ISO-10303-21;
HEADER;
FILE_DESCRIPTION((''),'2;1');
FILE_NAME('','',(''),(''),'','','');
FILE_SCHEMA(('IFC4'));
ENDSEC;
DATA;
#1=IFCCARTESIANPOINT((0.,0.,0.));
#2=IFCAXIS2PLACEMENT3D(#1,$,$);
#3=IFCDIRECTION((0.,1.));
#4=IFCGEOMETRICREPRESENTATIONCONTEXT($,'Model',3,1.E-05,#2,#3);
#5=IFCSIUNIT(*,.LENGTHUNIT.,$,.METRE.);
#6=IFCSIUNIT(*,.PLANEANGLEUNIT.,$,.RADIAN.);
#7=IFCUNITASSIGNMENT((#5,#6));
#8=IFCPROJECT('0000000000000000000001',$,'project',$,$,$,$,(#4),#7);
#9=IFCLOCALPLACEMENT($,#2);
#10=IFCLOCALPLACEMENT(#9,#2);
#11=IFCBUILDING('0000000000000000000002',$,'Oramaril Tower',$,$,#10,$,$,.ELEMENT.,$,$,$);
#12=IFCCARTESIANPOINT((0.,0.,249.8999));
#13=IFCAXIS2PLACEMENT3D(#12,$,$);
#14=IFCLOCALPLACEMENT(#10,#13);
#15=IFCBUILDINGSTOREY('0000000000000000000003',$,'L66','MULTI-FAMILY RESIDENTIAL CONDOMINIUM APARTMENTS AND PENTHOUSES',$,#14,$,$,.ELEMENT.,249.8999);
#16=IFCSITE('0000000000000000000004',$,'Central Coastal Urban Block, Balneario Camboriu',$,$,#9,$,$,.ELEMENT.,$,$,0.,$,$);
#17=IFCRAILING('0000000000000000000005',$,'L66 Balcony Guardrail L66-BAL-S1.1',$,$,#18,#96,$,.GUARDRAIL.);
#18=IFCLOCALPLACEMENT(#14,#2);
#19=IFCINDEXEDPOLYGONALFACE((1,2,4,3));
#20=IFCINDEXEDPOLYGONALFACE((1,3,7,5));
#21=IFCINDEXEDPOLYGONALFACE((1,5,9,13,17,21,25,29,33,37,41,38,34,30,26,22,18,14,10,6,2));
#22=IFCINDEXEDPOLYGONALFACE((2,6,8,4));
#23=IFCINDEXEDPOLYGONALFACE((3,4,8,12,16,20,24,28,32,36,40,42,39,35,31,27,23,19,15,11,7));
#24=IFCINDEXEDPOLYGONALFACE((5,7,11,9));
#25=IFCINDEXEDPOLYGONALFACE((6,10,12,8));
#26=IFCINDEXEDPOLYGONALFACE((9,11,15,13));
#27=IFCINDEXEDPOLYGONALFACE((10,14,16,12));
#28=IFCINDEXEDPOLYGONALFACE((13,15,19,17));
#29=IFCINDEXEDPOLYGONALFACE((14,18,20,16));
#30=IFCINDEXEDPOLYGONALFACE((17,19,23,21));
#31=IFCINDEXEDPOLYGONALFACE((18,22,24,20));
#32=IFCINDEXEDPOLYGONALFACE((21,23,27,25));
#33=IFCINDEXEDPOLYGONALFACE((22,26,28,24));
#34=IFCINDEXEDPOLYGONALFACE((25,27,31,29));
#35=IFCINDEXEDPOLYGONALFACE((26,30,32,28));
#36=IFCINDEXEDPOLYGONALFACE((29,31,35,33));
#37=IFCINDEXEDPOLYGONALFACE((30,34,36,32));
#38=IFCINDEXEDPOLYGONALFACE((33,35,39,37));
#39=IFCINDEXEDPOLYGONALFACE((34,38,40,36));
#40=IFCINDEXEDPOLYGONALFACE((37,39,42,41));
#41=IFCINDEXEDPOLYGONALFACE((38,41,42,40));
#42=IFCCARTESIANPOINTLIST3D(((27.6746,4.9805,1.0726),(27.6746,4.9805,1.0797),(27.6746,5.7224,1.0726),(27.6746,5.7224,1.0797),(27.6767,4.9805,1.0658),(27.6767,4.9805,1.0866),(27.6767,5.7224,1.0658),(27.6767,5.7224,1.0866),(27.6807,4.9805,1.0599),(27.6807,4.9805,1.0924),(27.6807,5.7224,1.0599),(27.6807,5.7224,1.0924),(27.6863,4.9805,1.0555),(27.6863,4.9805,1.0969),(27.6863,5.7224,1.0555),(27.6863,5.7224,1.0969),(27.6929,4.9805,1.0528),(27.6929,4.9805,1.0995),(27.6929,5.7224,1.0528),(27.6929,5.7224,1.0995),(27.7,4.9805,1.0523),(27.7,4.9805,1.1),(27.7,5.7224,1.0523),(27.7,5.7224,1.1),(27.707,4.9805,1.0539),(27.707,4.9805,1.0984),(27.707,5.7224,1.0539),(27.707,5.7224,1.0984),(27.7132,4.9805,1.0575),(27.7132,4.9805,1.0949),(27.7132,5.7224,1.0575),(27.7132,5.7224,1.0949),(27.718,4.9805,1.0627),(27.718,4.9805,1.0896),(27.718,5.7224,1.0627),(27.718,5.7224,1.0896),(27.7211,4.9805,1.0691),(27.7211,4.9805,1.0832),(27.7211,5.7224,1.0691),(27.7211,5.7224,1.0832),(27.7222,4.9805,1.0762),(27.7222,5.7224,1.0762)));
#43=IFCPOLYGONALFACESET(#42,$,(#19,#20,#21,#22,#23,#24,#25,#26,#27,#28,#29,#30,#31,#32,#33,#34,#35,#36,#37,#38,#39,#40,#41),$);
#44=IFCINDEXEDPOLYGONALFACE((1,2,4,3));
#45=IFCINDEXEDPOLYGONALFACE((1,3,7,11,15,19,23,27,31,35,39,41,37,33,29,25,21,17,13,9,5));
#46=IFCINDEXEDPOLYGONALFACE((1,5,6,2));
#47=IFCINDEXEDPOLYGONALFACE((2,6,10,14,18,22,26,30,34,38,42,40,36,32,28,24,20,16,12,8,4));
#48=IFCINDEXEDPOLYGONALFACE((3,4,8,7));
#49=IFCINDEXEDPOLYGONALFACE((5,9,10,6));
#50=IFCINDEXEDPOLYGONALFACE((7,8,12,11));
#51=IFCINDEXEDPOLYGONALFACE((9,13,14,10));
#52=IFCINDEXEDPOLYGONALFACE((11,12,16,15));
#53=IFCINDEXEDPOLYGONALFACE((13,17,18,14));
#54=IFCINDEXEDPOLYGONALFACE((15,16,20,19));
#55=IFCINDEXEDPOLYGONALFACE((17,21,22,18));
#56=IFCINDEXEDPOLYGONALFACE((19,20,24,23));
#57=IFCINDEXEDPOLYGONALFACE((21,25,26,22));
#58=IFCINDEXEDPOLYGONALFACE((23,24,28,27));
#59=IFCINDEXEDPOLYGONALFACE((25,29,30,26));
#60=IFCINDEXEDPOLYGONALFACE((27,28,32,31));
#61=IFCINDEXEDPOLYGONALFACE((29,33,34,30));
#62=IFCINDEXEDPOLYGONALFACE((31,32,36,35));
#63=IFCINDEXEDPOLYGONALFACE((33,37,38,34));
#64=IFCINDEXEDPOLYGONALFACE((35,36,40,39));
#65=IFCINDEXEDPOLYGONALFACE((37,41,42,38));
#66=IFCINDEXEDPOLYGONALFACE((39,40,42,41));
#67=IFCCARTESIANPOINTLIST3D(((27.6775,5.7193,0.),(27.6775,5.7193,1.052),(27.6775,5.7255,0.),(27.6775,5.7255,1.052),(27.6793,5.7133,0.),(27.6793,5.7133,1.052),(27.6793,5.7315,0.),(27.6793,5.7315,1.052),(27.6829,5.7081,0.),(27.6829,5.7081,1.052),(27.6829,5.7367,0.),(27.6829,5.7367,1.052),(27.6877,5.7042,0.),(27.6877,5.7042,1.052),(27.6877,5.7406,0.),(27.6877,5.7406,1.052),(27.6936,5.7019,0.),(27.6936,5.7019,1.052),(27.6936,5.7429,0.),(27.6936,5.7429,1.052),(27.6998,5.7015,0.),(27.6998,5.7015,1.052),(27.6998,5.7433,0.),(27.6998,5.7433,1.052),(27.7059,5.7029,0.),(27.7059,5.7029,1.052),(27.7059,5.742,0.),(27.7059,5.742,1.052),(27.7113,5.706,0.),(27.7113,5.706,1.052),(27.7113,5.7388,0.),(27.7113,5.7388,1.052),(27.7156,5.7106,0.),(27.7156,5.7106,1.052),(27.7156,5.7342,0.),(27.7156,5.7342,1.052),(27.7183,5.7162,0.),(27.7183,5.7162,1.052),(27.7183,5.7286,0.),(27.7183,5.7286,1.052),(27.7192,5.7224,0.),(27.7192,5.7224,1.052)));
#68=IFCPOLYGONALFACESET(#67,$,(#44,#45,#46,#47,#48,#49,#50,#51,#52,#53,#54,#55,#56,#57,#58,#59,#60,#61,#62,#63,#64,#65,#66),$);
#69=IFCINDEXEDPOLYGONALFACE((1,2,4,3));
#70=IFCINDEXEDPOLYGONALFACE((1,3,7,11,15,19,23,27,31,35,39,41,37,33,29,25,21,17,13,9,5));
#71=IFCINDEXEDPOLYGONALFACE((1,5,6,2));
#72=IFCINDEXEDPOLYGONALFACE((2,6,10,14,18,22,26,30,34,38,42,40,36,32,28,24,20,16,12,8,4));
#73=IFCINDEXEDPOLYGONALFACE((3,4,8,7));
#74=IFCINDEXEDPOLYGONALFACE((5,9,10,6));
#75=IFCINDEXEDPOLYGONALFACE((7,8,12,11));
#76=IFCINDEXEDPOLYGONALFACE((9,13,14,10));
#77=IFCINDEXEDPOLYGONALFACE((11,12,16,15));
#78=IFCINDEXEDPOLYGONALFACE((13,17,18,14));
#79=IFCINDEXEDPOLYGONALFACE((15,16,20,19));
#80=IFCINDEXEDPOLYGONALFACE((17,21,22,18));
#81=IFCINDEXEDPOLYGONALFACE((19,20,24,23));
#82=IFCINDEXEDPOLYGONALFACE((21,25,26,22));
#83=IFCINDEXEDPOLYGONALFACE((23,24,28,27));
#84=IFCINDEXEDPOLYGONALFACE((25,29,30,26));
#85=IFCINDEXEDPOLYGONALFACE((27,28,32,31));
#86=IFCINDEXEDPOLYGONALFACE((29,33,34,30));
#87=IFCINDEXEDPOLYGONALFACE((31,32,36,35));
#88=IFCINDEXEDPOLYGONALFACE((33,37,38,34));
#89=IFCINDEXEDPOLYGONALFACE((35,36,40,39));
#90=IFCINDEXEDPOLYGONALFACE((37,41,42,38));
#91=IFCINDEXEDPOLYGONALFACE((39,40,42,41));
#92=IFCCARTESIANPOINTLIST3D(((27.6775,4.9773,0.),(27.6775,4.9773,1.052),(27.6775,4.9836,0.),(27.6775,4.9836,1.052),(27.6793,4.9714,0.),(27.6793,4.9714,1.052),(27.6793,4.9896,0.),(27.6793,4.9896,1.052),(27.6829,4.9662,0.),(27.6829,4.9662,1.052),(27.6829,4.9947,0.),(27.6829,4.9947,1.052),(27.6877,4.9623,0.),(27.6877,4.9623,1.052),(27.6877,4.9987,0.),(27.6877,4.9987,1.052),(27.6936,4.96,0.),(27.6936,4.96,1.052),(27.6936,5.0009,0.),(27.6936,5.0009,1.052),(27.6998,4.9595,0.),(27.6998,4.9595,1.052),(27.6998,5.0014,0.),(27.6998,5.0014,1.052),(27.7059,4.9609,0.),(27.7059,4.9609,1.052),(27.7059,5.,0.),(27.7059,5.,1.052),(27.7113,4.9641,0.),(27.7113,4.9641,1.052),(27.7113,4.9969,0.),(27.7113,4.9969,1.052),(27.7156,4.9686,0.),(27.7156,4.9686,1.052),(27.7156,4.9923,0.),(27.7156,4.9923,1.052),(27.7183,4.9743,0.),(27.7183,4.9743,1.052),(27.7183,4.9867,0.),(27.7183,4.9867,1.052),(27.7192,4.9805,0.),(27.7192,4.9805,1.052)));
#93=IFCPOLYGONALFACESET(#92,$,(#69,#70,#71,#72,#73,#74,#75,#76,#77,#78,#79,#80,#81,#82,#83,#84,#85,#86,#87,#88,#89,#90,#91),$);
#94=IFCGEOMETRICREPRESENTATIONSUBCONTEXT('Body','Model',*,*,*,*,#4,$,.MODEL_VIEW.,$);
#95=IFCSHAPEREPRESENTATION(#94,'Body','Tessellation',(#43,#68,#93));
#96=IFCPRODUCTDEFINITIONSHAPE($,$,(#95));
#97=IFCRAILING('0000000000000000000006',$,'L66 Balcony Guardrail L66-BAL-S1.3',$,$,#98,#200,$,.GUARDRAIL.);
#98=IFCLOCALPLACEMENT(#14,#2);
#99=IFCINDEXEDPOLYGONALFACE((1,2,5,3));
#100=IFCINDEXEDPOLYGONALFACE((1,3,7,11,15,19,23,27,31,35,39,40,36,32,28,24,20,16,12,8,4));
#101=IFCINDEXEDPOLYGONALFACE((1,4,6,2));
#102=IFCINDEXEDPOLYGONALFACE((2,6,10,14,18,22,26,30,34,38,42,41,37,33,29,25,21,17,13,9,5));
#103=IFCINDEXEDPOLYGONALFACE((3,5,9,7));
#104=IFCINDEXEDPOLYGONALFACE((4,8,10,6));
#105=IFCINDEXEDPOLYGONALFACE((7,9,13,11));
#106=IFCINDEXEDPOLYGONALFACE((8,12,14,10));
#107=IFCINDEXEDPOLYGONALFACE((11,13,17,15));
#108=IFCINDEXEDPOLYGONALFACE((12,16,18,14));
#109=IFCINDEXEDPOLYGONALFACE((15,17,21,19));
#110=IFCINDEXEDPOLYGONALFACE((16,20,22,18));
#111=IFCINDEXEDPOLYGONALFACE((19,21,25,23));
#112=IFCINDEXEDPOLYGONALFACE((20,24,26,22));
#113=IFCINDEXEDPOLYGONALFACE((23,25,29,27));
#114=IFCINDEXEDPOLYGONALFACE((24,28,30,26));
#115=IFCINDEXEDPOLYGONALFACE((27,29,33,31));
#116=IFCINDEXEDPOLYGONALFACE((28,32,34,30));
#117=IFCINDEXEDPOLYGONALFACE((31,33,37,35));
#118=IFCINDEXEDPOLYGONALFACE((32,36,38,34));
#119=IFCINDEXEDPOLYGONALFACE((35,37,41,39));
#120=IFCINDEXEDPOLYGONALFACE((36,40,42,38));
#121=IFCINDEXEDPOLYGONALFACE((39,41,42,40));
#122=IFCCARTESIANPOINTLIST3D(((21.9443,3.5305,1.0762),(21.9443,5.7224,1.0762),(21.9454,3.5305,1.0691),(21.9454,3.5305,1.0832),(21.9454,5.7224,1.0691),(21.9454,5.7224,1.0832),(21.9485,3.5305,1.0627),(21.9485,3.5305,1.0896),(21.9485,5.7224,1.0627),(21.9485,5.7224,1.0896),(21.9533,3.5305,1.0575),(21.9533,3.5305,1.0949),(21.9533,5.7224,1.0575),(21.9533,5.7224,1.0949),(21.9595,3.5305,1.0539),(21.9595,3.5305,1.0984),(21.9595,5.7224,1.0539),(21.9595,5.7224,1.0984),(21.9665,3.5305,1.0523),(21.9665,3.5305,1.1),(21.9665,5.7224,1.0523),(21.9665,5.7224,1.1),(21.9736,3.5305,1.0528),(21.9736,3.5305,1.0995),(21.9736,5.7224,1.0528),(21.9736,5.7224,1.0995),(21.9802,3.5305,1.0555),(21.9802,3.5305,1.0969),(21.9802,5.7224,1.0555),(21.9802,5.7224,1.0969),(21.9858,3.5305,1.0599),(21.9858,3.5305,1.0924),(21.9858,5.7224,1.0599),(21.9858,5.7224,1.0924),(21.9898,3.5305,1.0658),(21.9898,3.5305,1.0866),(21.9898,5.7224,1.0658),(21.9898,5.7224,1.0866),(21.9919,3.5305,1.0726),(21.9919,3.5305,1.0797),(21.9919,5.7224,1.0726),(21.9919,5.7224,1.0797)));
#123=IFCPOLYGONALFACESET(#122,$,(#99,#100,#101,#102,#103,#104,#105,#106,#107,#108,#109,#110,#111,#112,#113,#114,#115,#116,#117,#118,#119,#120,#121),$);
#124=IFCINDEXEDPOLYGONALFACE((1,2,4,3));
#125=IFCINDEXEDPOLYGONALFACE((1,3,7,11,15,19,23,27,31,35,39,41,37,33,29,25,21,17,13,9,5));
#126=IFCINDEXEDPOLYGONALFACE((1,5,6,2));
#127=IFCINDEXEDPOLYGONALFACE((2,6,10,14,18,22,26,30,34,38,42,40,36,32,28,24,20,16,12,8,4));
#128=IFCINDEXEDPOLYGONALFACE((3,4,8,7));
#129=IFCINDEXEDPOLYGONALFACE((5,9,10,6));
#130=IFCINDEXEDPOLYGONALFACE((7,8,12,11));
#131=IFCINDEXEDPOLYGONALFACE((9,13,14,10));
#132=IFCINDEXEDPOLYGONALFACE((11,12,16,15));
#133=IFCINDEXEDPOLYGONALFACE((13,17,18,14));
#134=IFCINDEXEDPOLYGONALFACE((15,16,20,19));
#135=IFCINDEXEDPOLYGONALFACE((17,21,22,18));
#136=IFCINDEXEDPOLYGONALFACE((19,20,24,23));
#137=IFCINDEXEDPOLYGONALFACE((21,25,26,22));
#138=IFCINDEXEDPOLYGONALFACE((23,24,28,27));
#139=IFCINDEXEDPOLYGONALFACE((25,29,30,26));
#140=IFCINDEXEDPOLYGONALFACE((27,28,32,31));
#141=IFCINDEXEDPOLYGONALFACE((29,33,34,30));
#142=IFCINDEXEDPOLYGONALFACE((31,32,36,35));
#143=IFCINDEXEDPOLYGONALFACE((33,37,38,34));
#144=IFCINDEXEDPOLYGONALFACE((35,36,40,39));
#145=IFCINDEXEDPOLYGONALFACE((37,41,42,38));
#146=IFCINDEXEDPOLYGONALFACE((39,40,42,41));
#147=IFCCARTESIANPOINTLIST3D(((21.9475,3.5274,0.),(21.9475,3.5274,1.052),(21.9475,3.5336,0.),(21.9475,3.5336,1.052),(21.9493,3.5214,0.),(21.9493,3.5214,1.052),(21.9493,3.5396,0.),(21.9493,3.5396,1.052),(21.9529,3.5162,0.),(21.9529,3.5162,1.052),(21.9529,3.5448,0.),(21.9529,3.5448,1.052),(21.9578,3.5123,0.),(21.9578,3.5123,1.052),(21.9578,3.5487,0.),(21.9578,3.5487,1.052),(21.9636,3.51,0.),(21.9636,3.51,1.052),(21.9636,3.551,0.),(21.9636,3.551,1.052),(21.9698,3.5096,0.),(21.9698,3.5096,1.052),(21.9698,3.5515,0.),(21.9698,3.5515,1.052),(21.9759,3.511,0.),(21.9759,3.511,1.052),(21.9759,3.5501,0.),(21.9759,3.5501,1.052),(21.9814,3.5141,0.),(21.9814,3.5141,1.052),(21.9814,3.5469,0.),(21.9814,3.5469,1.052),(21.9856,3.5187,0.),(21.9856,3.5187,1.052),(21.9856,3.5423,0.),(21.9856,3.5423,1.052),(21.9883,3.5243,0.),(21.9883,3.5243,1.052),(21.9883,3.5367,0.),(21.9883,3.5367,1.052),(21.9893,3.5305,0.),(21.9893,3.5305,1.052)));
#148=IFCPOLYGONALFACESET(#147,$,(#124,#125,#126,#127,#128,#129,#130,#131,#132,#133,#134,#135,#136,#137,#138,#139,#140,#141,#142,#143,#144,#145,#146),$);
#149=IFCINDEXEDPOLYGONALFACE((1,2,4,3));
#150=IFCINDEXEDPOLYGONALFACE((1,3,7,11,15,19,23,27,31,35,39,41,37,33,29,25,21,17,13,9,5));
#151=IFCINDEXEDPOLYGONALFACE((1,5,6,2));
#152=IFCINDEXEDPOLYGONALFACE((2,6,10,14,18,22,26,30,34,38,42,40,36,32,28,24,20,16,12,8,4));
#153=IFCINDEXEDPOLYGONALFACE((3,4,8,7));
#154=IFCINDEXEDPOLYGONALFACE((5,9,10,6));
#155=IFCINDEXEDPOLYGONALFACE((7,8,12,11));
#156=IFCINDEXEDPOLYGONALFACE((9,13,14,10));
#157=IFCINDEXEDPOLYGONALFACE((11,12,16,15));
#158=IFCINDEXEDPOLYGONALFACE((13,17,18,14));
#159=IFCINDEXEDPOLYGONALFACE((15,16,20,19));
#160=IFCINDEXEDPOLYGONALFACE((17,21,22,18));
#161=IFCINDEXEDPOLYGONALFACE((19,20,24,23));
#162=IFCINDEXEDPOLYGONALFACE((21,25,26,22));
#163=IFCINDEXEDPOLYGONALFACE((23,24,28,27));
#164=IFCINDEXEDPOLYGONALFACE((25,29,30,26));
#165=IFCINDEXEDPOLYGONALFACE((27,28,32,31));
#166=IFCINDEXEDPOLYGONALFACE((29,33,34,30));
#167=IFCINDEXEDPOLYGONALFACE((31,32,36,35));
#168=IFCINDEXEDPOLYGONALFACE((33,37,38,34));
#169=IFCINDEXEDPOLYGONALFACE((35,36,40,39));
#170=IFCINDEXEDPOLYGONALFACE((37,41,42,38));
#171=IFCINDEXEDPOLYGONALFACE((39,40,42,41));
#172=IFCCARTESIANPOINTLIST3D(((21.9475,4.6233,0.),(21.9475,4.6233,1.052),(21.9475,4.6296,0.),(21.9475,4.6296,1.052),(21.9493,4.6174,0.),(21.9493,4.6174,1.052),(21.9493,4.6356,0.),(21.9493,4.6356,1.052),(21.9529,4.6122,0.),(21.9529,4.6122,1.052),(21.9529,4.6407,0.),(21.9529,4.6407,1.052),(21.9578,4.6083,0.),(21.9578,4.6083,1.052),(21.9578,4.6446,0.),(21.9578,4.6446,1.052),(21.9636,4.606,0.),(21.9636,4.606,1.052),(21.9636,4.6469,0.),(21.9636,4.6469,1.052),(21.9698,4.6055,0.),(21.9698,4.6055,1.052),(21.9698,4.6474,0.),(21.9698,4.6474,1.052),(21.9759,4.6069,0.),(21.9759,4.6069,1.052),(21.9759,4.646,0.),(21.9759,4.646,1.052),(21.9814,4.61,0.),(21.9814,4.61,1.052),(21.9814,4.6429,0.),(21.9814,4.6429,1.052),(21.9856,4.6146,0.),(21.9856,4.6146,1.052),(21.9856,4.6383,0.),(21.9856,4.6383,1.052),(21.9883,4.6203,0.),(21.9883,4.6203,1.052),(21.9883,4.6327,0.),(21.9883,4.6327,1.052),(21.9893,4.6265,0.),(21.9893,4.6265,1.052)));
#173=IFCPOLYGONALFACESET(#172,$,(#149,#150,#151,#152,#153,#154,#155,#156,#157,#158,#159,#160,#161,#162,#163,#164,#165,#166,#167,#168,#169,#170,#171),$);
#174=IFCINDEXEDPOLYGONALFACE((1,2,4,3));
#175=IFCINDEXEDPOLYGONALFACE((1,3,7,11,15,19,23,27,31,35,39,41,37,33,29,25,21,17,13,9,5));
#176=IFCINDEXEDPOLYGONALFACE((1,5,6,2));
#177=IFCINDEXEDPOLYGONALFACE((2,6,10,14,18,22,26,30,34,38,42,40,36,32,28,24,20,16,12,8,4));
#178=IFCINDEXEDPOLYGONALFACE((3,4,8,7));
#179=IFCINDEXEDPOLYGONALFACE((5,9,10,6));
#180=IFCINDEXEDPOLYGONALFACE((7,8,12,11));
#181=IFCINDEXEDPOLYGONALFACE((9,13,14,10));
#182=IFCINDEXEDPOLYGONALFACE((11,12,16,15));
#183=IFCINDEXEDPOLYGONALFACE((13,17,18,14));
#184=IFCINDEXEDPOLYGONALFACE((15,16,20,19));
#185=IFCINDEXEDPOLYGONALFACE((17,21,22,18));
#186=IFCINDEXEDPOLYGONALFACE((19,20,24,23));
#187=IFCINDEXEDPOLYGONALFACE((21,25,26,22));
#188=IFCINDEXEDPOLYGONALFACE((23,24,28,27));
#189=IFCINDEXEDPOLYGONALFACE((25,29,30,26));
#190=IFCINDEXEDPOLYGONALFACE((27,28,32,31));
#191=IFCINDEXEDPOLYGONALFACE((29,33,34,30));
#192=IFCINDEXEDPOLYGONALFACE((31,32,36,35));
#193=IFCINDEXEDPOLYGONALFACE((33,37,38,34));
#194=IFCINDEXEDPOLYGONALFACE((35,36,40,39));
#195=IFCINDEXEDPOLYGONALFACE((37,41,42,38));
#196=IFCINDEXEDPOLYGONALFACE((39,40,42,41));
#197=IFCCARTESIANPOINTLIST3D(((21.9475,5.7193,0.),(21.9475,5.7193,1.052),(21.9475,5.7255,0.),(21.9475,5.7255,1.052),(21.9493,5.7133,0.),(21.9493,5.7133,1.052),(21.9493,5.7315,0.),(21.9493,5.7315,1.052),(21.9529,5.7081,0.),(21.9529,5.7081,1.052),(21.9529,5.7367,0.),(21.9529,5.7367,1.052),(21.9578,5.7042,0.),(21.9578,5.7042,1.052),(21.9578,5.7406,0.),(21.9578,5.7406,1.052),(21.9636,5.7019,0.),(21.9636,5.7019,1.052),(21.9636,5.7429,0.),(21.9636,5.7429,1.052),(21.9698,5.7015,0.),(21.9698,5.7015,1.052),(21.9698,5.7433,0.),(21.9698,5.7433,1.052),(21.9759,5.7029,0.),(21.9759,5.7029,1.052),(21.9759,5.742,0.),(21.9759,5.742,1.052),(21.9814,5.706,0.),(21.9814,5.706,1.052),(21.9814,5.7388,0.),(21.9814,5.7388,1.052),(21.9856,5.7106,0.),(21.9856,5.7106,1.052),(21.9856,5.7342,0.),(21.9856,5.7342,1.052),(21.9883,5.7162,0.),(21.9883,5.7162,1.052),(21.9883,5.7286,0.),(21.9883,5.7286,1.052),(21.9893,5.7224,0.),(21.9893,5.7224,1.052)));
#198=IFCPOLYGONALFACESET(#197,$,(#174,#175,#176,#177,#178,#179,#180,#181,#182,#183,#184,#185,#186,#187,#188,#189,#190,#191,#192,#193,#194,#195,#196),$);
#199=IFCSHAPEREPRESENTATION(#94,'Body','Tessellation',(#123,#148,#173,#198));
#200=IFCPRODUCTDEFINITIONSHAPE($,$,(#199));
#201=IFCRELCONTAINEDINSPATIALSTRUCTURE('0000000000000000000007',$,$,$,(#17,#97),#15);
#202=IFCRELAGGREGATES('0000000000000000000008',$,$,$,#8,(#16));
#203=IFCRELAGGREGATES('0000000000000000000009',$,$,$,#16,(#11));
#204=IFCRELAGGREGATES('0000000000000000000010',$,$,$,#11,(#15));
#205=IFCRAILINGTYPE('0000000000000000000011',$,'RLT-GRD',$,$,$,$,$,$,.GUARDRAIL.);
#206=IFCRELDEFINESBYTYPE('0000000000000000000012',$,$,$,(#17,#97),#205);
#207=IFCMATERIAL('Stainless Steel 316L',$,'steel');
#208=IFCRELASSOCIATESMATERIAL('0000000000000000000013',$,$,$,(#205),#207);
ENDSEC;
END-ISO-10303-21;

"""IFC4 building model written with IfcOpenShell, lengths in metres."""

from ifc_helpers import new_model, si_unit, direction, frame, origin, origin_2d, place, context, subcontext, project, spatial, circle, extrude, material, type_object, element, save


model = new_model("IFC4")

# Units and contexts
model_context = context("Model", 3, precision=1e-05, world=origin(), true_north=direction((0.0, 1.0)))
body_context = subcontext(model_context, "Body", "Model", "MODEL_VIEW")
ifc_project = project(units=[si_unit("LENGTHUNIT", "METRE"), si_unit("PLANEANGLEUNIT", "RADIAN")], contexts=[model_context])

# Site, building, storey
site_placement = place(None, origin())
site = spatial("IfcSite", under=ifc_project, at=site_placement, Name="Central Coastal Urban Block, Balneario Camboriu", CompositionType="ELEMENT", RefElevation=0.0)
building_placement = place(site_placement, origin())
building = spatial("IfcBuilding", under=site, at=building_placement, Name="Oramaril Tower", CompositionType="ELEMENT")
storey_placement = place(building_placement, frame((0.0, 0.0, 249.8999)))
storey = spatial("IfcBuildingStorey", under=building, at=storey_placement, Name="L66", Description="MULTI-FAMILY RESIDENTIAL CONDOMINIUM APARTMENTS AND PENTHOUSES", CompositionType="ELEMENT", Elevation=249.8999)

# Railings
ifc_material_1 = material(Name="Stainless Steel 316L", Category="steel")
railing_type = type_object("IfcRailingType", Name="RLT-GRD", PredefinedType="GUARDRAIL", material=ifc_material_1)
railing_1_placement = place(storey_placement, frame((27.6982, 5.7224, 0.0)))
element("IfcRailing", 1, at=railing_1_placement, inside=storey, type_object=railing_type, Name="L66 Balcony Guardrail L66-BAL-S1.1", PredefinedType="GUARDRAIL", context=body_context, shape_type="SweptSolid", body=[
    extrude(circle(Radius=0.0239, at=origin_2d()), frame((0.0, 0.0, 1.0762), z_axis=(0.0, -1.0, 0.0), x_axis=(1.0, 0.0, 0.0)), (0.0, 0.0, 1.0), 0.7419),
    extrude(circle(Radius=0.021, at=origin_2d()), origin(), (0.0, 0.0, 1.0), 1.052),
    extrude(circle(Radius=0.021, at=origin_2d()), frame((0.0, -0.7419, 0.0)), (0.0, 0.0, 1.0), 1.052),
])
railing_2_placement = place(storey_placement, frame((21.9683, 3.5305, 0.0)))
element("IfcRailing", 2, at=railing_2_placement, inside=storey, type_object=railing_type, Name="L66 Balcony Guardrail L66-BAL-S1.3", PredefinedType="GUARDRAIL", context=body_context, shape_type="SweptSolid", body=[
    extrude(circle(Radius=0.0239, at=origin_2d()), frame((0.0, 0.0, 1.0762), z_axis=(0.0, 1.0, 0.0), x_axis=(-1.0, 0.0, 0.0)), (0.0, 0.0, 1.0), 2.1919),
    extrude(circle(Radius=0.021, at=origin_2d()), origin(), (0.0, 0.0, 1.0), 1.052),
    extrude(circle(Radius=0.021, at=origin_2d()), frame((0.0, 1.0959, 0.0)), (0.0, 0.0, 1.0), 1.052),
    extrude(circle(Radius=0.021, at=origin_2d()), frame((0.0, 2.1919, 0.0)), (0.0, 0.0, 1.0), 1.052),
])

save(model, "model.ifc")
